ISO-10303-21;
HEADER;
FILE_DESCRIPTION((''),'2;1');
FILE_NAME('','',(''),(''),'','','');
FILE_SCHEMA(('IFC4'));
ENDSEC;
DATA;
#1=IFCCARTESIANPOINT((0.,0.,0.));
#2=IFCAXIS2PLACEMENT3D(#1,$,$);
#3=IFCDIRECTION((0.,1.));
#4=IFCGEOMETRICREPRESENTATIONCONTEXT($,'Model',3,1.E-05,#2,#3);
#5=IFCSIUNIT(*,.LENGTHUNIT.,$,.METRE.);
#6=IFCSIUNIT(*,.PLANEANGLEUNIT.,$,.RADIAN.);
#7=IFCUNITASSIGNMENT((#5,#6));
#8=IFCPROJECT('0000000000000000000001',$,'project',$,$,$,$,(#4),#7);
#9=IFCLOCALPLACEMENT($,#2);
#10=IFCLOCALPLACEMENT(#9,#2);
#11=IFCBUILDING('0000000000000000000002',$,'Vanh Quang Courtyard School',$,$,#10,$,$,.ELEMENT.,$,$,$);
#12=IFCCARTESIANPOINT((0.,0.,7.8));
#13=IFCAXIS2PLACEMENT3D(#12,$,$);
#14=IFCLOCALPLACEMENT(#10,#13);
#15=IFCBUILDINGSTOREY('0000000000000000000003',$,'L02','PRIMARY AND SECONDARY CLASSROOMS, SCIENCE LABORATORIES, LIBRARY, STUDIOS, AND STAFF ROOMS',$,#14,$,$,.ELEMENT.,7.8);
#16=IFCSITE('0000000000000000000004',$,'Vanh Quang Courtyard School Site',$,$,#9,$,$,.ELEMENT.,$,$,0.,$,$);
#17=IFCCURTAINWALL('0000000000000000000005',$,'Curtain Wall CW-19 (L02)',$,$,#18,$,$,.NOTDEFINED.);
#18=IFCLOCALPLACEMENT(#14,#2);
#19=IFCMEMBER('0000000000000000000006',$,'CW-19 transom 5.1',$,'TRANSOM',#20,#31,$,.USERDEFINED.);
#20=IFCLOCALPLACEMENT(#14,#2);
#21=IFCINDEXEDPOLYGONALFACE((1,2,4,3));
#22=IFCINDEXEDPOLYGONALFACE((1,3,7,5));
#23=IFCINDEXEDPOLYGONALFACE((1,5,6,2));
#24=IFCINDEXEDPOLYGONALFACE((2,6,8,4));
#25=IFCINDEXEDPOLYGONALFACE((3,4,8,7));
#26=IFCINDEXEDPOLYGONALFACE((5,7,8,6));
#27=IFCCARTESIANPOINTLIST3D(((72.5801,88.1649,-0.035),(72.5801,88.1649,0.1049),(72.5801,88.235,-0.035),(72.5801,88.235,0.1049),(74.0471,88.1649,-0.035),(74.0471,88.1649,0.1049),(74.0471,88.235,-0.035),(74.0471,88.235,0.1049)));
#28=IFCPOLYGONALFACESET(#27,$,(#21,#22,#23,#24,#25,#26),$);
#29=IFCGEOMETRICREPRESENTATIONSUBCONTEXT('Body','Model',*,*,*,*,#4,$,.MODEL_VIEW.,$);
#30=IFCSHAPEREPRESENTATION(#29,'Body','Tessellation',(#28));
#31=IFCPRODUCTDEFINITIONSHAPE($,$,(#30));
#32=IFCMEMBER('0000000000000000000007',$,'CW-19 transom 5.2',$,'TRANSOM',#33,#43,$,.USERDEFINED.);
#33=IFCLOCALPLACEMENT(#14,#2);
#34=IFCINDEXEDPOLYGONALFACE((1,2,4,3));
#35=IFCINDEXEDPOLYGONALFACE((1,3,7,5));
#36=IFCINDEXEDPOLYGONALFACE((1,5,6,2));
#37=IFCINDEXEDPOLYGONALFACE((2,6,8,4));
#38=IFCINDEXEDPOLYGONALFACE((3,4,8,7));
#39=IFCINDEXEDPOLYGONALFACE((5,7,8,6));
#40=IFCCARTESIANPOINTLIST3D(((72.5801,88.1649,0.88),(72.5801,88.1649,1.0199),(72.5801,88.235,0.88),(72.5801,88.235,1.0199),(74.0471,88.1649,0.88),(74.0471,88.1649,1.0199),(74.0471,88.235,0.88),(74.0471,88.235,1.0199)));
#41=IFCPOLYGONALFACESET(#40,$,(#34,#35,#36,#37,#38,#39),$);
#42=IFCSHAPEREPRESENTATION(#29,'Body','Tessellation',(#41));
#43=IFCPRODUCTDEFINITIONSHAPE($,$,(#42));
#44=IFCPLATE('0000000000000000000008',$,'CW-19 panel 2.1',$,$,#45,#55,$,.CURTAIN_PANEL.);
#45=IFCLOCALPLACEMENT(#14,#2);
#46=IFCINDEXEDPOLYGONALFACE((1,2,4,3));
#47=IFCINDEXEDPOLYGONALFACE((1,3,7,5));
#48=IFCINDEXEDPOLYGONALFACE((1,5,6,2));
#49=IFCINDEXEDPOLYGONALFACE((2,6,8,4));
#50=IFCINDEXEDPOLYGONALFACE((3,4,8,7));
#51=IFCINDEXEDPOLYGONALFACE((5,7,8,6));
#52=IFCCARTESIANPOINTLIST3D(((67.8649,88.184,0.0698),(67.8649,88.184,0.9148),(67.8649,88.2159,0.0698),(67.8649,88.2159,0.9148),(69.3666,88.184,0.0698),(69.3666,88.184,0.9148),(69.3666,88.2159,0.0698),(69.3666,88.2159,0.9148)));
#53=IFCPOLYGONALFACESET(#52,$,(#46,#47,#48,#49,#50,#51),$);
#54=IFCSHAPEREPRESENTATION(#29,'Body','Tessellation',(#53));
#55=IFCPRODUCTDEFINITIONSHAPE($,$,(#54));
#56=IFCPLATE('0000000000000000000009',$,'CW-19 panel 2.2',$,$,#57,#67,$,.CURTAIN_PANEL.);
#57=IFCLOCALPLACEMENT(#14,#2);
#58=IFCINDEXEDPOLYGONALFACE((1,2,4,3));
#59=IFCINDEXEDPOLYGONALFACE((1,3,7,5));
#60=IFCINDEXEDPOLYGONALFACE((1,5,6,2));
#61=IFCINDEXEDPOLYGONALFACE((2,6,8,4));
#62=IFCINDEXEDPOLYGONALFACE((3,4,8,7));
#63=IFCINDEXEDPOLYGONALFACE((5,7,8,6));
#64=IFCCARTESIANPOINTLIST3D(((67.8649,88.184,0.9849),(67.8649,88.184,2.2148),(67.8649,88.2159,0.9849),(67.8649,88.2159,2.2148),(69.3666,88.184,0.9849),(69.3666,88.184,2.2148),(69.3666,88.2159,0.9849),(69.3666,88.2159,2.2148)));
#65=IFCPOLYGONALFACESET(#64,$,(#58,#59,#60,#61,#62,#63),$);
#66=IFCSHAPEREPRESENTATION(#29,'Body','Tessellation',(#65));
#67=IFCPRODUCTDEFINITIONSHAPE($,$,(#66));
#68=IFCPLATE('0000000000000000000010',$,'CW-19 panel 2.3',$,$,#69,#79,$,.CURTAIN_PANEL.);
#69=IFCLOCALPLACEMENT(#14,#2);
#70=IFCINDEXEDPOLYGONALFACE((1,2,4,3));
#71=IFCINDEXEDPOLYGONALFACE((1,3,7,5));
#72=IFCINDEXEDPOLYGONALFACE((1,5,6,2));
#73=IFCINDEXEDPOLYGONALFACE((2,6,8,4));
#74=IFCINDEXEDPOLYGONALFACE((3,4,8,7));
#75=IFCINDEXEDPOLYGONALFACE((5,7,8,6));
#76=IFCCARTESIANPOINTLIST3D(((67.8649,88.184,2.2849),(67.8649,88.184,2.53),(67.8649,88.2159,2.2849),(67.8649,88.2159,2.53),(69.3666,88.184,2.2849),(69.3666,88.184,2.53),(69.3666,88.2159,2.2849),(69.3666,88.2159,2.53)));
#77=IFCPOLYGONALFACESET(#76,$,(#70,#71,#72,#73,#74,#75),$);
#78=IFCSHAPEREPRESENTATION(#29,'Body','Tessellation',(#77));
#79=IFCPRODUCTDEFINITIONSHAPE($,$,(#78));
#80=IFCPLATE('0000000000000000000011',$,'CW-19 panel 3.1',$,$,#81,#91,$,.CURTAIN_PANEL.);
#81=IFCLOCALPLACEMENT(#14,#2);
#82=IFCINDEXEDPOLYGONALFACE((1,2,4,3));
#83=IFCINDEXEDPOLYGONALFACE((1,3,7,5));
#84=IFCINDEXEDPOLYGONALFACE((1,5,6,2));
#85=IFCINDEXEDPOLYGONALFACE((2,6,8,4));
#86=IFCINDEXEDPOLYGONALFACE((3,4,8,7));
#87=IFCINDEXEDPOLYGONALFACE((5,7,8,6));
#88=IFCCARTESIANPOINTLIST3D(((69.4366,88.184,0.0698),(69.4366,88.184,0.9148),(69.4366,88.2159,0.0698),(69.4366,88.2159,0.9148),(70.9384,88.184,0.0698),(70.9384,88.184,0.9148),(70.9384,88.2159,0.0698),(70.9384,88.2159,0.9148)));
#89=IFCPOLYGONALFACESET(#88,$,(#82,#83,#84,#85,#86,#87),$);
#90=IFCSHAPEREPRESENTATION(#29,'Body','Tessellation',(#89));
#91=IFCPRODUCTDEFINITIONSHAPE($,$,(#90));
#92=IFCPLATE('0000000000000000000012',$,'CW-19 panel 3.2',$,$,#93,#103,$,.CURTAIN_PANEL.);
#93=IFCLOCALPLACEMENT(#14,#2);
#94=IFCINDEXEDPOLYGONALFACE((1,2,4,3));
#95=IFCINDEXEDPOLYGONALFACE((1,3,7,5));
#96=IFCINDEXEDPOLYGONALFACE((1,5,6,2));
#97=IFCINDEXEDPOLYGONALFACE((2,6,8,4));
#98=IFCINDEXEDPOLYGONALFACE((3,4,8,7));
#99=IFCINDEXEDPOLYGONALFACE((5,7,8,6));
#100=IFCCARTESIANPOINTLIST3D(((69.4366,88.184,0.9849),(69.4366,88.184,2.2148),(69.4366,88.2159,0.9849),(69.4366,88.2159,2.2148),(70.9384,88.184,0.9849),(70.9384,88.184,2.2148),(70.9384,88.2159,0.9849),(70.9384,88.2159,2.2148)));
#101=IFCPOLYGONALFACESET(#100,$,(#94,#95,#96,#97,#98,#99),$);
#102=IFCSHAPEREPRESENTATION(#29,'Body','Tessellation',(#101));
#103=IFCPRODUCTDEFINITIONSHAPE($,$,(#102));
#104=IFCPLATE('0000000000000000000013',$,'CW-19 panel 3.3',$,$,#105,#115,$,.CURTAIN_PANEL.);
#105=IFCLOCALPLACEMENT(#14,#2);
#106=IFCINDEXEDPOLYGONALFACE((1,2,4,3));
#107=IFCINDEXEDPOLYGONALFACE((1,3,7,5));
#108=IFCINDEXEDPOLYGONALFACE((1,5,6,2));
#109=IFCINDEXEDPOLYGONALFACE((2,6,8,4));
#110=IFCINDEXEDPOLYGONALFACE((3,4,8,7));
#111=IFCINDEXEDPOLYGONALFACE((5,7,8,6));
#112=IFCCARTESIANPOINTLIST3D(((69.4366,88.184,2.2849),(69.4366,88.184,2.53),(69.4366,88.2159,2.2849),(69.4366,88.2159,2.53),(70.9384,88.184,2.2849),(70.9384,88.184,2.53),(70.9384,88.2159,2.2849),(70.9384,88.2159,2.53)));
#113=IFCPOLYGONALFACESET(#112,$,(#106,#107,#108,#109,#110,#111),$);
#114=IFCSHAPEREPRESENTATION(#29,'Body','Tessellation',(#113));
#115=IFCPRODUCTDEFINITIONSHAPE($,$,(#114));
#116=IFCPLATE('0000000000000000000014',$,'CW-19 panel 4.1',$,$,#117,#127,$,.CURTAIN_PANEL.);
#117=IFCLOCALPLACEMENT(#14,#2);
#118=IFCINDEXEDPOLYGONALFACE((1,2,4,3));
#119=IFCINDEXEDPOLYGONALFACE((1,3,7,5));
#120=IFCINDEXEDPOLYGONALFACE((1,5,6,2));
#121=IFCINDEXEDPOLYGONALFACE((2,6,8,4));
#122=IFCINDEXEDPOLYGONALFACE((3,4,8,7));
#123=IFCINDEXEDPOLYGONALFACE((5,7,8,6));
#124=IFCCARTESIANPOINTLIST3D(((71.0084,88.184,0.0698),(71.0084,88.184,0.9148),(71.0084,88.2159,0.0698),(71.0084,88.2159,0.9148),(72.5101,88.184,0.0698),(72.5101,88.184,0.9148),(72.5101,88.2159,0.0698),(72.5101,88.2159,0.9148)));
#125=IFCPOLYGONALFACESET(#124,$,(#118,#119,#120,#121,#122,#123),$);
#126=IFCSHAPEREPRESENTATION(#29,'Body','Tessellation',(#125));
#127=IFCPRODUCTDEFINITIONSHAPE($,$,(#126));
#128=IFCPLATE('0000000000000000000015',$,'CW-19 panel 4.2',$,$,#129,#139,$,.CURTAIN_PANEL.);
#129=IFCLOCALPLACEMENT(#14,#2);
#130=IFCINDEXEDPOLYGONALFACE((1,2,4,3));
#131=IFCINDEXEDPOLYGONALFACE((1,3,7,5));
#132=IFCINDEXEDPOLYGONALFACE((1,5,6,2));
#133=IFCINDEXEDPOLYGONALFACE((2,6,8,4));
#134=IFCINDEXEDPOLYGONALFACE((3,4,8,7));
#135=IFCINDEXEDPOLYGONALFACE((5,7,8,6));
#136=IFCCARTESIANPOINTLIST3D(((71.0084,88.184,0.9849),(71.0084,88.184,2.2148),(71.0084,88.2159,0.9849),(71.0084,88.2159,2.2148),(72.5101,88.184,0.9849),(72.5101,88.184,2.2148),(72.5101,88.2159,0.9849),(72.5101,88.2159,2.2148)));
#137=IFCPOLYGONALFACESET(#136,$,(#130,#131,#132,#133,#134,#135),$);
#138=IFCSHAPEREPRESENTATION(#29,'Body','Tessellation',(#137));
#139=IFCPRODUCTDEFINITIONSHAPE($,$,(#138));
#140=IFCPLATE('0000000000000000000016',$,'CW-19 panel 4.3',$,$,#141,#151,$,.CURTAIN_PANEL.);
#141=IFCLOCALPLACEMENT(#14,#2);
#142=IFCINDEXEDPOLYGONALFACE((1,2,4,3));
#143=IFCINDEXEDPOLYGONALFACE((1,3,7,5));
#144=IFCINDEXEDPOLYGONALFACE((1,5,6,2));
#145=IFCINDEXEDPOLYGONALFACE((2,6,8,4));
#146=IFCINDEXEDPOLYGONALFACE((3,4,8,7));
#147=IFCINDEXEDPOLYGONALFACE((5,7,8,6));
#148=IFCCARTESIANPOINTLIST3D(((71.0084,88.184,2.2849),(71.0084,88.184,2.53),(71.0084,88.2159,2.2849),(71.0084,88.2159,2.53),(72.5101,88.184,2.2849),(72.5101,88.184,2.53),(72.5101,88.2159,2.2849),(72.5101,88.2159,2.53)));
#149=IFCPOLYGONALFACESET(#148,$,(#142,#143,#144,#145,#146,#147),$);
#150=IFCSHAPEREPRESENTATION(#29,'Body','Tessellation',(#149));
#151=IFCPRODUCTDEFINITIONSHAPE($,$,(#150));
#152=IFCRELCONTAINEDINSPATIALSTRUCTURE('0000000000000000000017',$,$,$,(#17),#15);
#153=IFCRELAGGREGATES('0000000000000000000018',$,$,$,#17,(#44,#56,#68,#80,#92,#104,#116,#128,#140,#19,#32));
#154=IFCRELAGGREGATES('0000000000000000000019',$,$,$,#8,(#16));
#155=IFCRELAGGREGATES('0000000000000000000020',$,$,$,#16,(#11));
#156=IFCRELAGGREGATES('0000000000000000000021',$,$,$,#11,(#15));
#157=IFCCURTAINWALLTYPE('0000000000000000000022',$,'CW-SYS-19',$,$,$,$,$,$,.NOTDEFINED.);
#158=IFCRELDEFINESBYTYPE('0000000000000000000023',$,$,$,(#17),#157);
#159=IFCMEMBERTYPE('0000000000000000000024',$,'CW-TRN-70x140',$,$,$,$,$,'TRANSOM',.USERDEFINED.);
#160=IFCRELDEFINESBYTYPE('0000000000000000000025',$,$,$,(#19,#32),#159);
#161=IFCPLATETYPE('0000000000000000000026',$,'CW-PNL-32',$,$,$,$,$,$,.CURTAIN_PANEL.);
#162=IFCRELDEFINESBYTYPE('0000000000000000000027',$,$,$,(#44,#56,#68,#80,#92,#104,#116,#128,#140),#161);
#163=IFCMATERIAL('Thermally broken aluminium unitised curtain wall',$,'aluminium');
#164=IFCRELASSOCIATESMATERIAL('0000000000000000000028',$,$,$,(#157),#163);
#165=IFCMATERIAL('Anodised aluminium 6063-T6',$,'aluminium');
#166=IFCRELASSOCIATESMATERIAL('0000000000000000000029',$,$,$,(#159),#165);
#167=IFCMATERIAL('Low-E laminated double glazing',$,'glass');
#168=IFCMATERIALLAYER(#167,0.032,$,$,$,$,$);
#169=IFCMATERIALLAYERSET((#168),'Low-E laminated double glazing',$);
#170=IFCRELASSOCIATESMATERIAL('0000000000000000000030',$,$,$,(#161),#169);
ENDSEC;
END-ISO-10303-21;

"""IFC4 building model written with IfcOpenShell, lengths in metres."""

from ifc_helpers import new_model, si_unit, direction, frame, origin, origin_2d, place, context, subcontext, project, spatial, rectangle, extrude, material, layer, layer_set, material_profile, profile_set, type_object, element, aggregate, save


model = new_model("IFC4")

# Units and contexts
model_context = context("Model", 3, precision=1e-05, world=origin(), true_north=direction((0.0, 1.0)))
body_context = subcontext(model_context, "Body", "Model", "MODEL_VIEW")
ifc_project = project(units=[si_unit("LENGTHUNIT", "METRE"), si_unit("PLANEANGLEUNIT", "RADIAN")], contexts=[model_context])

# Site, building, storey
site_placement = place(None, origin())
site = spatial("IfcSite", under=ifc_project, at=site_placement, Name="Vanh Quang Courtyard School Site", CompositionType="ELEMENT", RefElevation=0.0)
building_placement = place(site_placement, origin())
building = spatial("IfcBuilding", under=site, at=building_placement, Name="Vanh Quang Courtyard School", CompositionType="ELEMENT")
storey_placement = place(building_placement, frame((0.0, 0.0, 7.8)))
storey = spatial("IfcBuildingStorey", under=building, at=storey_placement, Name="L02", Description="PRIMARY AND SECONDARY CLASSROOMS, SCIENCE LABORATORIES, LIBRARY, STUDIOS, AND STAFF ROOMS", CompositionType="ELEMENT", Elevation=7.8)

# Curtain wall, members, plates
ifc_material_1 = material(Name="Thermally broken aluminium unitised curtain wall", Category="aluminium")
curtain_wall_type = type_object("IfcCurtainWallType", Name="CW-SYS-19", PredefinedType="NOTDEFINED", material=ifc_material_1)
curtain_wall_placement = place(storey_placement, origin())
curtain_wall = element("IfcCurtainWall", 1, at=curtain_wall_placement, inside=storey, type_object=curtain_wall_type, Name="Curtain Wall CW-19 (L02)", PredefinedType="NOTDEFINED")
ifc_material_2 = material(Name="Anodised aluminium 6063-T6", Category="aluminium")
ifc_material_profile_1 = material_profile(ifc_material_2, rectangle(XDim=0.0701, YDim=0.1399, at=origin_2d()), Name="ALU-TRN 70x140")
ifc_profile_set_1 = profile_set([ifc_material_profile_1], Name="Anodised aluminium 6063-T6")
member_type_1 = type_object("IfcMemberType", Name="CW-TRN-70x140", ElementType="TRANSOM", PredefinedType="USERDEFINED", material=ifc_profile_set_1)
member_1_placement = place(storey_placement, frame((72.5801, 88.2, 0.0349), z_axis=(1.0, 0.0, 0.0), x_axis=(0.0, 1.0, 0.0)))
member_1 = element("IfcMember", 2, at=member_1_placement, type_object=member_type_1, Name="CW-19 transom 5.1", ObjectType="TRANSOM", PredefinedType="USERDEFINED", context=body_context, shape_type="SweptSolid", body=[
    extrude(rectangle(XDim=0.0701, YDim=0.1399, at=origin_2d()), origin(), (0.0, 0.0, 1.0), 1.467),
])
member_2_placement = place(storey_placement, frame((72.5801, 88.2, 0.95), z_axis=(1.0, 0.0, 0.0), x_axis=(0.0, 1.0, 0.0)))
member_2 = element("IfcMember", 3, at=member_2_placement, type_object=member_type_1, Name="CW-19 transom 5.2", ObjectType="TRANSOM", PredefinedType="USERDEFINED", context=body_context, shape_type="SweptSolid", body=[
    extrude(rectangle(XDim=0.0701, YDim=0.1399, at=origin_2d()), origin(), (0.0, 0.0, 1.0), 1.467),
])
ifc_material_3 = material(Name="Low-E laminated double glazing", Category="glass")
ifc_layer = layer(ifc_material_3, 0.032)
ifc_layer_set = layer_set([ifc_layer], Name="Low-E laminated double glazing")
plate_type = type_object("IfcPlateType", Name="CW-PNL-32", PredefinedType="CURTAIN_PANEL", material=ifc_layer_set)
plate_1_placement = place(storey_placement, frame((68.6157, 88.2, 0.0698), z_axis=(0.0, 0.0, 1.0), x_axis=(1.0, 0.0, 0.0)))
plate_1 = element("IfcPlate", 4, at=plate_1_placement, type_object=plate_type, Name="CW-19 panel 2.1", PredefinedType="CURTAIN_PANEL", context=body_context, shape_type="SweptSolid", body=[
    extrude(rectangle(XDim=1.5017, YDim=0.032, at=origin_2d()), origin(), (0.0, 0.0, 1.0), 0.845),
])
plate_2_placement = place(storey_placement, frame((68.6157, 88.2, 0.9849), z_axis=(0.0, 0.0, 1.0), x_axis=(1.0, 0.0, 0.0)))
plate_2 = element("IfcPlate", 5, at=plate_2_placement, type_object=plate_type, Name="CW-19 panel 2.2", PredefinedType="CURTAIN_PANEL", context=body_context, shape_type="SweptSolid", body=[
    extrude(rectangle(XDim=1.5017, YDim=0.032, at=origin_2d()), origin(), (0.0, 0.0, 1.0), 1.23),
])
plate_3_placement = place(storey_placement, frame((68.6157, 88.2, 2.2849), z_axis=(0.0, 0.0, 1.0), x_axis=(1.0, 0.0, 0.0)))
plate_3 = element("IfcPlate", 6, at=plate_3_placement, type_object=plate_type, Name="CW-19 panel 2.3", PredefinedType="CURTAIN_PANEL", context=body_context, shape_type="SweptSolid", body=[
    extrude(rectangle(XDim=1.5017, YDim=0.032, at=origin_2d()), origin(), (0.0, 0.0, 1.0), 0.2451),
])
plate_4_placement = place(storey_placement, frame((70.1875, 88.2, 0.0698), z_axis=(0.0, 0.0, 1.0), x_axis=(1.0, 0.0, 0.0)))
plate_4 = element("IfcPlate", 7, at=plate_4_placement, type_object=plate_type, Name="CW-19 panel 3.1", PredefinedType="CURTAIN_PANEL", context=body_context, shape_type="SweptSolid", body=[
    extrude(rectangle(XDim=1.5017, YDim=0.032, at=origin_2d()), origin(), (0.0, 0.0, 1.0), 0.845),
])
plate_5_placement = place(storey_placement, frame((70.1875, 88.2, 0.9849), z_axis=(0.0, 0.0, 1.0), x_axis=(1.0, 0.0, 0.0)))
plate_5 = element("IfcPlate", 8, at=plate_5_placement, type_object=plate_type, Name="CW-19 panel 3.2", PredefinedType="CURTAIN_PANEL", context=body_context, shape_type="SweptSolid", body=[
    extrude(rectangle(XDim=1.5017, YDim=0.032, at=origin_2d()), origin(), (0.0, 0.0, 1.0), 1.23),
])
plate_6_placement = place(storey_placement, frame((70.1875, 88.2, 2.2849), z_axis=(0.0, 0.0, 1.0), x_axis=(1.0, 0.0, 0.0)))
plate_6 = element("IfcPlate", 9, at=plate_6_placement, type_object=plate_type, Name="CW-19 panel 3.3", PredefinedType="CURTAIN_PANEL", context=body_context, shape_type="SweptSolid", body=[
    extrude(rectangle(XDim=1.5017, YDim=0.032, at=origin_2d()), origin(), (0.0, 0.0, 1.0), 0.2451),
])
plate_7_placement = place(storey_placement, frame((71.7593, 88.2, 0.0698), z_axis=(0.0, 0.0, 1.0), x_axis=(1.0, 0.0, 0.0)))
plate_7 = element("IfcPlate", 10, at=plate_7_placement, type_object=plate_type, Name="CW-19 panel 4.1", PredefinedType="CURTAIN_PANEL", context=body_context, shape_type="SweptSolid", body=[
    extrude(rectangle(XDim=1.5017, YDim=0.032, at=origin_2d()), origin(), (0.0, 0.0, 1.0), 0.845),
])
plate_8_placement = place(storey_placement, frame((71.7593, 88.2, 0.9849), z_axis=(0.0, 0.0, 1.0), x_axis=(1.0, 0.0, 0.0)))
plate_8 = element("IfcPlate", 11, at=plate_8_placement, type_object=plate_type, Name="CW-19 panel 4.2", PredefinedType="CURTAIN_PANEL", context=body_context, shape_type="SweptSolid", body=[
    extrude(rectangle(XDim=1.5017, YDim=0.032, at=origin_2d()), origin(), (0.0, 0.0, 1.0), 1.23),
])
plate_9_placement = place(storey_placement, frame((71.7593, 88.2, 2.2849), z_axis=(0.0, 0.0, 1.0), x_axis=(1.0, 0.0, 0.0)))
plate_9 = element("IfcPlate", 12, at=plate_9_placement, type_object=plate_type, Name="CW-19 panel 4.3", PredefinedType="CURTAIN_PANEL", context=body_context, shape_type="SweptSolid", body=[
    extrude(rectangle(XDim=1.5017, YDim=0.032, at=origin_2d()), origin(), (0.0, 0.0, 1.0), 0.2451),
])
aggregate(curtain_wall, [plate_1, plate_2, plate_3, plate_4, plate_5, plate_6, plate_7, plate_8, plate_9, member_1, member_2])

save(model, "model.ifc")
